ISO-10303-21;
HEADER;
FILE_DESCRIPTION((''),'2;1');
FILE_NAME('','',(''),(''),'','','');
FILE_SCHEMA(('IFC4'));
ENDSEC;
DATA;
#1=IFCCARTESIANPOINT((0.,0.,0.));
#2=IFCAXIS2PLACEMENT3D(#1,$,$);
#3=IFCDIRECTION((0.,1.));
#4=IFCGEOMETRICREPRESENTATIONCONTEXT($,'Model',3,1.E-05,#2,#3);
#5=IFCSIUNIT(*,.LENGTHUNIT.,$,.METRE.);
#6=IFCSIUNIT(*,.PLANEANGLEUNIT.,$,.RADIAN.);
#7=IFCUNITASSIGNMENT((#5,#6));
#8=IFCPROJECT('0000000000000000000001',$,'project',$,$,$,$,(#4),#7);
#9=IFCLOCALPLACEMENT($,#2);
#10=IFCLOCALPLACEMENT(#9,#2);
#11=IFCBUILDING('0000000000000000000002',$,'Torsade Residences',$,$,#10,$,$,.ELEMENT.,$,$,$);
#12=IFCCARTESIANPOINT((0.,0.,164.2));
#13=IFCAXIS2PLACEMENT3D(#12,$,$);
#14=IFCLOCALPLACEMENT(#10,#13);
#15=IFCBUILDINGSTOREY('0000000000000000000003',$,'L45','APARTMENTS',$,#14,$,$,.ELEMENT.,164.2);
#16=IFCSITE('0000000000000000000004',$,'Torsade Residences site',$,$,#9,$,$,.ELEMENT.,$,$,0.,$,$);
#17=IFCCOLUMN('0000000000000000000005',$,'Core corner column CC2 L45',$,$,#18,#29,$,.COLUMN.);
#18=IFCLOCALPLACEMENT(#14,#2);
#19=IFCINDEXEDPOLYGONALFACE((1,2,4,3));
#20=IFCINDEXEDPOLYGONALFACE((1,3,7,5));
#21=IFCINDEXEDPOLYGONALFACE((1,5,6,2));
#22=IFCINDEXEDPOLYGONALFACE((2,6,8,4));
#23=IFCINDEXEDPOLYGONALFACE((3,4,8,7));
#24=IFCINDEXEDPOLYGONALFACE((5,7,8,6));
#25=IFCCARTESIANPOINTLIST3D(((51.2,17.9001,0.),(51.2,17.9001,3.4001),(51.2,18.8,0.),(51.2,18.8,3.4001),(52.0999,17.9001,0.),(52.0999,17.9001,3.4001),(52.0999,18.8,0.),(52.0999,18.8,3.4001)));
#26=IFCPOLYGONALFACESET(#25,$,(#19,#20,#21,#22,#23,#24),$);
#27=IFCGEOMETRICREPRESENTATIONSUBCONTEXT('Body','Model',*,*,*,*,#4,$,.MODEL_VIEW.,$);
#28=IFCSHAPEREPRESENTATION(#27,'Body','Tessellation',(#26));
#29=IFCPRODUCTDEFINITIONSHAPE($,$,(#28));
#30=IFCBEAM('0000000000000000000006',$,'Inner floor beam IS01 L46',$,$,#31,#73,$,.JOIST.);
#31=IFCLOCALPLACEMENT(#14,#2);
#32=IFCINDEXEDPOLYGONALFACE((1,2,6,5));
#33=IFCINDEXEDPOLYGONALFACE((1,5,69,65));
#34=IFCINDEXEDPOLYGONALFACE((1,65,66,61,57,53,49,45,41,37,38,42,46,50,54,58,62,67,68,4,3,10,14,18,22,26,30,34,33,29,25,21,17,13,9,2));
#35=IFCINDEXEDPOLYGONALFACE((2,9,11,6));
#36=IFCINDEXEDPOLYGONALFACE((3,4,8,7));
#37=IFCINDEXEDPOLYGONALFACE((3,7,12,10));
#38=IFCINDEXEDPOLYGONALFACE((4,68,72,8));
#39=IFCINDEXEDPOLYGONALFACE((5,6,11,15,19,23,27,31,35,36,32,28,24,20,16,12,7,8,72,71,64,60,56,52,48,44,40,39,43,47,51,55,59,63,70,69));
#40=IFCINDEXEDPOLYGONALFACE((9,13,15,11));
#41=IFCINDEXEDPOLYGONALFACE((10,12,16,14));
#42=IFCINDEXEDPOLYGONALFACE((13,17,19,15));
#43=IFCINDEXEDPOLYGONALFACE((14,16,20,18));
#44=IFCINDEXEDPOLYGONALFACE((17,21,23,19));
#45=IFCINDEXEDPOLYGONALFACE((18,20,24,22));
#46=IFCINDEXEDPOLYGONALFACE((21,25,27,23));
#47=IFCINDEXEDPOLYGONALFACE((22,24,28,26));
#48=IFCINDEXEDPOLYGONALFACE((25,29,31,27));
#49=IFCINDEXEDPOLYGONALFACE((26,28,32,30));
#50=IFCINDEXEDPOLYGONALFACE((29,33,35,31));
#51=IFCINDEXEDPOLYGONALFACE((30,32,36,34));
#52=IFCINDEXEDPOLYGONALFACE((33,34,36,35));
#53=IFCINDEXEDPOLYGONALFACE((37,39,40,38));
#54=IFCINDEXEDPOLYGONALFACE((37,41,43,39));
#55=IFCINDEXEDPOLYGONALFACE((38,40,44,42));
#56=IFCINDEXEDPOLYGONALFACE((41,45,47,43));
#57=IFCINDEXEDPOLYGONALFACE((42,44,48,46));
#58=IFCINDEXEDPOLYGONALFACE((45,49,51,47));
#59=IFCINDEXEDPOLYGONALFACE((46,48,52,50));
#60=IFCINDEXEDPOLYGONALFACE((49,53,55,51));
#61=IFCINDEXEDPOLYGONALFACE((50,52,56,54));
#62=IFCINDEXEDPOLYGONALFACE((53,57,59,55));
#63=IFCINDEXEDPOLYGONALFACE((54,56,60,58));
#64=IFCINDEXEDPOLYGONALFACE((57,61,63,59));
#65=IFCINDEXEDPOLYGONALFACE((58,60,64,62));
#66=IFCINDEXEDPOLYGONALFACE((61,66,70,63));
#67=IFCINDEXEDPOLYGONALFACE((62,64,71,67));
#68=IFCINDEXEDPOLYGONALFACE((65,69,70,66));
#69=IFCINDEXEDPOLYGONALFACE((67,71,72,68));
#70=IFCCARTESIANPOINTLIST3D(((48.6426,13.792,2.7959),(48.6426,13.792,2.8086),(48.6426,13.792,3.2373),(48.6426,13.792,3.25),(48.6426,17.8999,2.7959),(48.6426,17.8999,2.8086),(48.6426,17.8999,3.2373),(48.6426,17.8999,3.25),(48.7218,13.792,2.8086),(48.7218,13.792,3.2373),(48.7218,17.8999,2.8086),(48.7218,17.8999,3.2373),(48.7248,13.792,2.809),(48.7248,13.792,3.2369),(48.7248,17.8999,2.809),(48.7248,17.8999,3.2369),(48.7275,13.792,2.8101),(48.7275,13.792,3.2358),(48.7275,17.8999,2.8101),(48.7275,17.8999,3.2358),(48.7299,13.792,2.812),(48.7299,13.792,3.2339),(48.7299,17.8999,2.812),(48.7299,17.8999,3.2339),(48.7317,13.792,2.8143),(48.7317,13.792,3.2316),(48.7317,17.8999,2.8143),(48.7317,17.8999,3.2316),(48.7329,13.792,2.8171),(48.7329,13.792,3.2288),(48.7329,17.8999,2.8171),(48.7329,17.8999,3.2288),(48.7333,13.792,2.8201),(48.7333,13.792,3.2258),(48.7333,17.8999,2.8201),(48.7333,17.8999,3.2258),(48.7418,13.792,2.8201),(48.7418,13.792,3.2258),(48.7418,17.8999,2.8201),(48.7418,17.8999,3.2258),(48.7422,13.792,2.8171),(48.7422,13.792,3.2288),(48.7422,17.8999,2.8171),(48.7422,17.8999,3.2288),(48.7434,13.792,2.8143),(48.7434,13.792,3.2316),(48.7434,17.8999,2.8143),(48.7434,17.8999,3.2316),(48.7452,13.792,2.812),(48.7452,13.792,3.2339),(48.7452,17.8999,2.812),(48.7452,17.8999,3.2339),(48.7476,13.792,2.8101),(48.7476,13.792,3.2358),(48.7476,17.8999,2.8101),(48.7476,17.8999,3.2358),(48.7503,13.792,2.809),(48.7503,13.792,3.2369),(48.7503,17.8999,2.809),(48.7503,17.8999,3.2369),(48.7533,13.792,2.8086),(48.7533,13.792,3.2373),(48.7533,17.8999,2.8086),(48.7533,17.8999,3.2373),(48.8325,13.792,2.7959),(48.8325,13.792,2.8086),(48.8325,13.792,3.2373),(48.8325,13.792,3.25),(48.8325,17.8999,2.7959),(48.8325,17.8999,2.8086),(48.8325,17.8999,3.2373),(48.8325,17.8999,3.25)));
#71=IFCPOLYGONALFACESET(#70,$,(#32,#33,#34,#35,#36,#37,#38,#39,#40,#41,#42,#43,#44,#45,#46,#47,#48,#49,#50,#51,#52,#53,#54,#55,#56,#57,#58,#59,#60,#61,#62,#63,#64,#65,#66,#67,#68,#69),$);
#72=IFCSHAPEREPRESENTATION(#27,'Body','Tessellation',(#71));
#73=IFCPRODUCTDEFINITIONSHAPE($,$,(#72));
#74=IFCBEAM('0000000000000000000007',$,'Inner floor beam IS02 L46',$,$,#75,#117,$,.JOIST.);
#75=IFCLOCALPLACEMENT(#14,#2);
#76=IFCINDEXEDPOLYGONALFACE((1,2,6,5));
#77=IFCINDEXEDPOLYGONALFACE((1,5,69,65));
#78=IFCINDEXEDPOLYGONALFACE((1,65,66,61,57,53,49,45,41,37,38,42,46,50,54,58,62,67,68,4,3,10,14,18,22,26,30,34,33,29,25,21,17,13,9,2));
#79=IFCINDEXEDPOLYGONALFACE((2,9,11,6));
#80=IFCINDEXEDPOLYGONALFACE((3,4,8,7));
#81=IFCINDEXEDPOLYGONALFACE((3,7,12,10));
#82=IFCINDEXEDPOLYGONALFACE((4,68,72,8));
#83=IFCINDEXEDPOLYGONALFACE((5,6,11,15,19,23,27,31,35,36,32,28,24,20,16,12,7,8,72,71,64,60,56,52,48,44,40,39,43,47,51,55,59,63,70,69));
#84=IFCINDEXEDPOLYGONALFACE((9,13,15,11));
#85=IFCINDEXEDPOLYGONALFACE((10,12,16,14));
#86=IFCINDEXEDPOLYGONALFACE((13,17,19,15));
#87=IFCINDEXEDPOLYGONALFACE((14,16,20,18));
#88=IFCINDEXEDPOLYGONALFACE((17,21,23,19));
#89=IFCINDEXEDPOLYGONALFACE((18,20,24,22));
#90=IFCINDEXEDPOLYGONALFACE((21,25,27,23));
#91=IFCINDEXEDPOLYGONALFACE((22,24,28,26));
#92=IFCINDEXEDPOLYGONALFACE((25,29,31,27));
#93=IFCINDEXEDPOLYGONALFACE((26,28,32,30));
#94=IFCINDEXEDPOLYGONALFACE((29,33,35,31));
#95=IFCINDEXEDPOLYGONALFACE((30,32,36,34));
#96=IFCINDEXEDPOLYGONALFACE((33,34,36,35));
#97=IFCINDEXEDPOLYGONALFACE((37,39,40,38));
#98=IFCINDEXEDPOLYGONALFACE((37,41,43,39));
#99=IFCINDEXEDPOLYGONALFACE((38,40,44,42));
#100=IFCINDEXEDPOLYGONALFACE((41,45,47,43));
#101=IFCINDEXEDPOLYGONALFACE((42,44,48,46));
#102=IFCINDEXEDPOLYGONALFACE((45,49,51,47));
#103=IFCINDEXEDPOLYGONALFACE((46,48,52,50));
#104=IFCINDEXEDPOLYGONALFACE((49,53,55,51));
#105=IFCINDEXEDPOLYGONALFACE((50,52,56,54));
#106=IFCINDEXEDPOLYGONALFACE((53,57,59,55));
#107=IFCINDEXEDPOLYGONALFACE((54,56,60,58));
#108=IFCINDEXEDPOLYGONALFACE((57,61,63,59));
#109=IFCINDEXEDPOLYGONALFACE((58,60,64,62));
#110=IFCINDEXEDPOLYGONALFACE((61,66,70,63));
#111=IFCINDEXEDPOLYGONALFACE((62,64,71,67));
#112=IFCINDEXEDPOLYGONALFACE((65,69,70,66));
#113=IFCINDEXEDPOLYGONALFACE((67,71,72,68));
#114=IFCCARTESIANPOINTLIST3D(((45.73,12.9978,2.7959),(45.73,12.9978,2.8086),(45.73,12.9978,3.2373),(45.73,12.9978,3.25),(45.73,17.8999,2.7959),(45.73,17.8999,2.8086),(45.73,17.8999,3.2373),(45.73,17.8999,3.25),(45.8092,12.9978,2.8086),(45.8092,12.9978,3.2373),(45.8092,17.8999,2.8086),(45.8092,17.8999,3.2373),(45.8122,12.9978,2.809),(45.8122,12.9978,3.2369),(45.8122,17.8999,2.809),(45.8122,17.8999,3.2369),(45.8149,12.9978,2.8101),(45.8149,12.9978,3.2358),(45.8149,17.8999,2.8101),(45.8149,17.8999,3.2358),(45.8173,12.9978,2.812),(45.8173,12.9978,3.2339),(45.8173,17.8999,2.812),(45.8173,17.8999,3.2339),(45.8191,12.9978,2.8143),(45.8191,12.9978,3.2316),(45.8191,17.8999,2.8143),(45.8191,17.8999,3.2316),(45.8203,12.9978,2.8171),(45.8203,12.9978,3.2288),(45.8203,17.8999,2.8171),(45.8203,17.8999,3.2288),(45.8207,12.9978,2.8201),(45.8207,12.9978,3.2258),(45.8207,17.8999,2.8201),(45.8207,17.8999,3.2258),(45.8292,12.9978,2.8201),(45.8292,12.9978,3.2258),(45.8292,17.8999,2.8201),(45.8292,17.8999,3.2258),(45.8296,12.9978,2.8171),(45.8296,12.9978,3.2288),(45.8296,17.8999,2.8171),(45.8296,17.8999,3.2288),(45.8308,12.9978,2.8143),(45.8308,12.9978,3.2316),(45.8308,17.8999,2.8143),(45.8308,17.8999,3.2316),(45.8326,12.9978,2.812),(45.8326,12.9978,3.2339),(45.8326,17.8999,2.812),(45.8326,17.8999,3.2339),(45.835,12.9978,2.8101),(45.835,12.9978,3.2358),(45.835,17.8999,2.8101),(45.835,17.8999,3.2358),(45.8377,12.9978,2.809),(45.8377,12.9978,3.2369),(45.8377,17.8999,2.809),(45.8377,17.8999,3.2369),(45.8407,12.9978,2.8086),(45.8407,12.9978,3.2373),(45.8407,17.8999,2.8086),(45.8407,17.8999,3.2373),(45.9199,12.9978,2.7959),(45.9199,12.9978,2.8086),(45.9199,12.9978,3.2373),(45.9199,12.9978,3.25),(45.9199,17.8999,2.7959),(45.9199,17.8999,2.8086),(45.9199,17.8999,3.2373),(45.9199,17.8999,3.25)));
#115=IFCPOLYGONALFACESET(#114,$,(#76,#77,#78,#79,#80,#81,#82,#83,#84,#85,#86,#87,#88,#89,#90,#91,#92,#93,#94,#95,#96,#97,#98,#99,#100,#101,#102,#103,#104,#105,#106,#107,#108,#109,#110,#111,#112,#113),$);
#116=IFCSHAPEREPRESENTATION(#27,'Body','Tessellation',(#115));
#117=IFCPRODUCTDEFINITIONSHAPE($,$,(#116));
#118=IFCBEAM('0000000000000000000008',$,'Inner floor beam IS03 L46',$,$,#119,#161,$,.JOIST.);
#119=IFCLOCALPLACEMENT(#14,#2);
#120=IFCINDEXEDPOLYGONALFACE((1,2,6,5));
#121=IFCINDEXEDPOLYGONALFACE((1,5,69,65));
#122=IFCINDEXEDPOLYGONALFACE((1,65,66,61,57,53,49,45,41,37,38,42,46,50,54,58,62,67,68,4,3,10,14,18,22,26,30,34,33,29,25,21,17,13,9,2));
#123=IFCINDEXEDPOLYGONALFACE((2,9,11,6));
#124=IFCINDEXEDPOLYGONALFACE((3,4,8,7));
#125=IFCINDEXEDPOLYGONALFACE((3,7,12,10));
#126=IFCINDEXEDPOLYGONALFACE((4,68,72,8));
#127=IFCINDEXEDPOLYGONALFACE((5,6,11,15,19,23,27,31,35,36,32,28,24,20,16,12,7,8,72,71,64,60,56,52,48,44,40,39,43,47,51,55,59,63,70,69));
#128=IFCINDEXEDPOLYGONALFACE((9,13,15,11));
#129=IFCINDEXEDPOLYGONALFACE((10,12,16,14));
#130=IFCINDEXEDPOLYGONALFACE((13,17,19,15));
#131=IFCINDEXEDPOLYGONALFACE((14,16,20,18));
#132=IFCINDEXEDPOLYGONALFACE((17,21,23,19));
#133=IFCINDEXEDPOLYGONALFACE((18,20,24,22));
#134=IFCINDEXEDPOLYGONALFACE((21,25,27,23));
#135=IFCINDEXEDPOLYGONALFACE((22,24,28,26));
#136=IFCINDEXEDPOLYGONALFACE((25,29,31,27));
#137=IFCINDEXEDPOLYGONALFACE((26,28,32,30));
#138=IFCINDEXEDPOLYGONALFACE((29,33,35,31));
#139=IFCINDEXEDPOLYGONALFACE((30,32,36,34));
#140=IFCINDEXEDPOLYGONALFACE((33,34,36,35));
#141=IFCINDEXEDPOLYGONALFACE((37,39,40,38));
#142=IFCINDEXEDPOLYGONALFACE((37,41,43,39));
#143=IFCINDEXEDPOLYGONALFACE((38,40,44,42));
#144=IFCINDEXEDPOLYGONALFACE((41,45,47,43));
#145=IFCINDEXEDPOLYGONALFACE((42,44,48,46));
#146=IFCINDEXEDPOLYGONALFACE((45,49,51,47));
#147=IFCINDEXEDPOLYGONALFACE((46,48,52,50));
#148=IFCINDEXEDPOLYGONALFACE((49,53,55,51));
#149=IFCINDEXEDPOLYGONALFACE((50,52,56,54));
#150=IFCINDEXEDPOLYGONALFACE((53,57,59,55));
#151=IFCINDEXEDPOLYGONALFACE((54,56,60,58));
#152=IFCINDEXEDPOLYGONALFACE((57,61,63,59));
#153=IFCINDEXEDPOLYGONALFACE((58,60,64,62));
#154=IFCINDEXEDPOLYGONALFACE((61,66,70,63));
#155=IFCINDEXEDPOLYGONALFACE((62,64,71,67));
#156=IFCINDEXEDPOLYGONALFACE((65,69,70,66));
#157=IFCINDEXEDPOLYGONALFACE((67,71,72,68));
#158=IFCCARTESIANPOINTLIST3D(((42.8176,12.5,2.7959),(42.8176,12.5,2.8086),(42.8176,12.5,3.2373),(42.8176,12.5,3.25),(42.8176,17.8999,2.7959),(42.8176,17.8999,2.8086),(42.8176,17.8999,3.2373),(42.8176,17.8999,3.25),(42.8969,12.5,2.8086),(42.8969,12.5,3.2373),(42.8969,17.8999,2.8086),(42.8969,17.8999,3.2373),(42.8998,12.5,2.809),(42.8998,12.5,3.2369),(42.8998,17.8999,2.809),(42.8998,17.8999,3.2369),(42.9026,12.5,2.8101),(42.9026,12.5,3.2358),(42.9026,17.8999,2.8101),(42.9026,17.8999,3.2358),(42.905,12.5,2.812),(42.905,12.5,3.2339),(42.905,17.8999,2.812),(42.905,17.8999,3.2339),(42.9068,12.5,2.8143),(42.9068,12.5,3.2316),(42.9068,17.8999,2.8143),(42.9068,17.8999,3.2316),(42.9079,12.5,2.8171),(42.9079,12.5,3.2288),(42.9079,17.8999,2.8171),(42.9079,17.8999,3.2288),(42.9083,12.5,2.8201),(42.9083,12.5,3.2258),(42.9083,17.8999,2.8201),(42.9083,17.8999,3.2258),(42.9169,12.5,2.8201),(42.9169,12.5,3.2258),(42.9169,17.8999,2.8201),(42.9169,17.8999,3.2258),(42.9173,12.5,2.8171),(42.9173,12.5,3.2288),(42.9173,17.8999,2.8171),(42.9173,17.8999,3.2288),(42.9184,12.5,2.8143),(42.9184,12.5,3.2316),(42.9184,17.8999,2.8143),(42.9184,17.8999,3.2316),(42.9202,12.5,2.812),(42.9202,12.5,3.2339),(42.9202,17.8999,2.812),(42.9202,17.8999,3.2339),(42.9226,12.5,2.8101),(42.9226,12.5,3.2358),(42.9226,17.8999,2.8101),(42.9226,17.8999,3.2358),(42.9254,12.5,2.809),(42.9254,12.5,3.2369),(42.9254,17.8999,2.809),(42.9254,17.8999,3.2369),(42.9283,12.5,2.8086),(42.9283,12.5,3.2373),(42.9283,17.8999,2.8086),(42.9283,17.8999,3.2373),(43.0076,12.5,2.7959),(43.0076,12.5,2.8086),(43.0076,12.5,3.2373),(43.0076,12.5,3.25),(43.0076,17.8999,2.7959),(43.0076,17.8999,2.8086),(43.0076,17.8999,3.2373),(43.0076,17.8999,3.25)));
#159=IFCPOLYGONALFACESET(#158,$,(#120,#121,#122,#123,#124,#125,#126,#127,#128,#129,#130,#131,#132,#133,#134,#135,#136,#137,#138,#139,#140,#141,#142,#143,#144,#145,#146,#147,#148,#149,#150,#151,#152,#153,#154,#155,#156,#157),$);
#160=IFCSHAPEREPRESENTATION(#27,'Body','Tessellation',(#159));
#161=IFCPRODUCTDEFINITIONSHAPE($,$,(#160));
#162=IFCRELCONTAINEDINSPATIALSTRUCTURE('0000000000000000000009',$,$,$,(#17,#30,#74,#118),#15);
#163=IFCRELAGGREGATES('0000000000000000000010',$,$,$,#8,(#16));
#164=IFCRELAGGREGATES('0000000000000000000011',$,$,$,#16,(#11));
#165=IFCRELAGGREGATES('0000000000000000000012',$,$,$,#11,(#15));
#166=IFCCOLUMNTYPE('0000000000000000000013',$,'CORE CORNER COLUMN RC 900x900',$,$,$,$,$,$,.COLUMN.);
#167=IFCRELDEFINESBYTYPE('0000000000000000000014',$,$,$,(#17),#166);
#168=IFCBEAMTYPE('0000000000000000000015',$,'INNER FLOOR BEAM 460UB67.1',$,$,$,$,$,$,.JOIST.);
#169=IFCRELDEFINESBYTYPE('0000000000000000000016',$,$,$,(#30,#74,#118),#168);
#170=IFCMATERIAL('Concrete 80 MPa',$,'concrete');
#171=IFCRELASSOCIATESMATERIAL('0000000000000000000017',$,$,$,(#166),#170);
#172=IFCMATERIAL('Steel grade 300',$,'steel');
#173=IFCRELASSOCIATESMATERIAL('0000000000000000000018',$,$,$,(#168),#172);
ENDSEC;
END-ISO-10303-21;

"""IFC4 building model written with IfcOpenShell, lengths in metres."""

from ifc_helpers import new_model, si_unit, direction, frame, origin, origin_2d, place, context, subcontext, project, spatial, rectangle, i_section, extrude, material, material_profile, profile_set, type_object, element, save


model = new_model("IFC4")

# Units and contexts
model_context = context("Model", 3, precision=1e-05, world=origin(), true_north=direction((0.0, 1.0)))
body_context = subcontext(model_context, "Body", "Model", "MODEL_VIEW")
ifc_project = project(units=[si_unit("LENGTHUNIT", "METRE"), si_unit("PLANEANGLEUNIT", "RADIAN")], contexts=[model_context])

# Site, building, storey
site_placement = place(None, origin())
site = spatial("IfcSite", under=ifc_project, at=site_placement, Name="Torsade Residences site", CompositionType="ELEMENT", RefElevation=0.0)
building_placement = place(site_placement, origin())
building = spatial("IfcBuilding", under=site, at=building_placement, Name="Torsade Residences", CompositionType="ELEMENT")
storey_placement = place(building_placement, frame((0.0, 0.0, 164.2)))
storey = spatial("IfcBuildingStorey", under=building, at=storey_placement, Name="L45", Description="APARTMENTS", CompositionType="ELEMENT", Elevation=164.2)

# Column
ifc_material_1 = material(Name="Concrete 80 MPa", Category="concrete")
ifc_material_profile_1 = material_profile(ifc_material_1, rectangle(XDim=0.8999, YDim=0.8999, at=origin_2d()), Name="RC 900x900")
ifc_profile_set_1 = profile_set([ifc_material_profile_1], Name="Concrete 80 MPa")
column_type = type_object("IfcColumnType", Name="CORE CORNER COLUMN RC 900x900", PredefinedType="COLUMN", material=ifc_profile_set_1)
column_placement = place(storey_placement, frame((51.6499, 18.3501, 0.0), z_axis=(0.0, 0.0, 1.0), x_axis=(1.0, 0.0, 0.0)))
element("IfcColumn", 1, at=column_placement, inside=storey, type_object=column_type, Name="Core corner column CC2 L45", PredefinedType="COLUMN", context=body_context, shape_type="SweptSolid", body=[
    extrude(rectangle(XDim=0.8999, YDim=0.8999, at=origin_2d()), origin(), (0.0, 0.0, 1.0), 3.4001),
])

# Beams
ifc_material_2 = material(Name="Steel grade 300", Category="steel")
ifc_material_profile_2 = material_profile(ifc_material_2, i_section(OverallWidth=0.1899, OverallDepth=0.4541, WebThickness=0.0085, FlangeThickness=0.0127, FilletRadius=0.0115, at=origin_2d()), Name="460UB67.1")
ifc_profile_set_2 = profile_set([ifc_material_profile_2], Name="Steel grade 300")
beam_type = type_object("IfcBeamType", Name="INNER FLOOR BEAM 460UB67.1", PredefinedType="JOIST", material=ifc_profile_set_2)
beam_1_placement = place(storey_placement, frame((48.7375, 17.8999, 3.0229), z_axis=(0.0, -1.0, 0.0), x_axis=(1.0, 0.0, 0.0)))
element("IfcBeam", 2, at=beam_1_placement, inside=storey, type_object=beam_type, Name="Inner floor beam IS01 L46", PredefinedType="JOIST", context=body_context, shape_type="SweptSolid", body=[
    extrude(i_section(OverallWidth=0.1899, OverallDepth=0.4541, WebThickness=0.0085, FlangeThickness=0.0127, FilletRadius=0.0115, at=origin_2d()), origin(), (0.0, 0.0, 1.0), 4.1079),
])
beam_2_placement = place(storey_placement, frame((45.825, 17.8999, 3.0229), z_axis=(0.0, -1.0, 0.0), x_axis=(1.0, 0.0, 0.0)))
element("IfcBeam", 3, at=beam_2_placement, inside=storey, type_object=beam_type, Name="Inner floor beam IS02 L46", PredefinedType="JOIST", context=body_context, shape_type="SweptSolid", body=[
    extrude(i_section(OverallWidth=0.1899, OverallDepth=0.4541, WebThickness=0.0085, FlangeThickness=0.0127, FilletRadius=0.0115, at=origin_2d()), origin(), (0.0, 0.0, 1.0), 4.9021),
])
for number, where, z_axis, x_axis, name in (
    (4, (42.9126, 17.8999, 3.0229), (0.0, -1.0, 0.0), (1.0, 0.0, 0.0), "Inner floor beam IS03 L46"),
):
    element("IfcBeam", number, at=place(storey_placement, frame(where, z_axis=z_axis, x_axis=x_axis)), inside=storey, type_object=beam_type, Name=name, PredefinedType="JOIST", context=body_context, shape_type="SweptSolid", body=[
        extrude(i_section(OverallWidth=0.1899, OverallDepth=0.4541, WebThickness=0.0085, FlangeThickness=0.0127, FilletRadius=0.0115, at=origin_2d()), origin(), (0.0, 0.0, 1.0), 5.3999),
    ])

save(model, "model.ifc")
